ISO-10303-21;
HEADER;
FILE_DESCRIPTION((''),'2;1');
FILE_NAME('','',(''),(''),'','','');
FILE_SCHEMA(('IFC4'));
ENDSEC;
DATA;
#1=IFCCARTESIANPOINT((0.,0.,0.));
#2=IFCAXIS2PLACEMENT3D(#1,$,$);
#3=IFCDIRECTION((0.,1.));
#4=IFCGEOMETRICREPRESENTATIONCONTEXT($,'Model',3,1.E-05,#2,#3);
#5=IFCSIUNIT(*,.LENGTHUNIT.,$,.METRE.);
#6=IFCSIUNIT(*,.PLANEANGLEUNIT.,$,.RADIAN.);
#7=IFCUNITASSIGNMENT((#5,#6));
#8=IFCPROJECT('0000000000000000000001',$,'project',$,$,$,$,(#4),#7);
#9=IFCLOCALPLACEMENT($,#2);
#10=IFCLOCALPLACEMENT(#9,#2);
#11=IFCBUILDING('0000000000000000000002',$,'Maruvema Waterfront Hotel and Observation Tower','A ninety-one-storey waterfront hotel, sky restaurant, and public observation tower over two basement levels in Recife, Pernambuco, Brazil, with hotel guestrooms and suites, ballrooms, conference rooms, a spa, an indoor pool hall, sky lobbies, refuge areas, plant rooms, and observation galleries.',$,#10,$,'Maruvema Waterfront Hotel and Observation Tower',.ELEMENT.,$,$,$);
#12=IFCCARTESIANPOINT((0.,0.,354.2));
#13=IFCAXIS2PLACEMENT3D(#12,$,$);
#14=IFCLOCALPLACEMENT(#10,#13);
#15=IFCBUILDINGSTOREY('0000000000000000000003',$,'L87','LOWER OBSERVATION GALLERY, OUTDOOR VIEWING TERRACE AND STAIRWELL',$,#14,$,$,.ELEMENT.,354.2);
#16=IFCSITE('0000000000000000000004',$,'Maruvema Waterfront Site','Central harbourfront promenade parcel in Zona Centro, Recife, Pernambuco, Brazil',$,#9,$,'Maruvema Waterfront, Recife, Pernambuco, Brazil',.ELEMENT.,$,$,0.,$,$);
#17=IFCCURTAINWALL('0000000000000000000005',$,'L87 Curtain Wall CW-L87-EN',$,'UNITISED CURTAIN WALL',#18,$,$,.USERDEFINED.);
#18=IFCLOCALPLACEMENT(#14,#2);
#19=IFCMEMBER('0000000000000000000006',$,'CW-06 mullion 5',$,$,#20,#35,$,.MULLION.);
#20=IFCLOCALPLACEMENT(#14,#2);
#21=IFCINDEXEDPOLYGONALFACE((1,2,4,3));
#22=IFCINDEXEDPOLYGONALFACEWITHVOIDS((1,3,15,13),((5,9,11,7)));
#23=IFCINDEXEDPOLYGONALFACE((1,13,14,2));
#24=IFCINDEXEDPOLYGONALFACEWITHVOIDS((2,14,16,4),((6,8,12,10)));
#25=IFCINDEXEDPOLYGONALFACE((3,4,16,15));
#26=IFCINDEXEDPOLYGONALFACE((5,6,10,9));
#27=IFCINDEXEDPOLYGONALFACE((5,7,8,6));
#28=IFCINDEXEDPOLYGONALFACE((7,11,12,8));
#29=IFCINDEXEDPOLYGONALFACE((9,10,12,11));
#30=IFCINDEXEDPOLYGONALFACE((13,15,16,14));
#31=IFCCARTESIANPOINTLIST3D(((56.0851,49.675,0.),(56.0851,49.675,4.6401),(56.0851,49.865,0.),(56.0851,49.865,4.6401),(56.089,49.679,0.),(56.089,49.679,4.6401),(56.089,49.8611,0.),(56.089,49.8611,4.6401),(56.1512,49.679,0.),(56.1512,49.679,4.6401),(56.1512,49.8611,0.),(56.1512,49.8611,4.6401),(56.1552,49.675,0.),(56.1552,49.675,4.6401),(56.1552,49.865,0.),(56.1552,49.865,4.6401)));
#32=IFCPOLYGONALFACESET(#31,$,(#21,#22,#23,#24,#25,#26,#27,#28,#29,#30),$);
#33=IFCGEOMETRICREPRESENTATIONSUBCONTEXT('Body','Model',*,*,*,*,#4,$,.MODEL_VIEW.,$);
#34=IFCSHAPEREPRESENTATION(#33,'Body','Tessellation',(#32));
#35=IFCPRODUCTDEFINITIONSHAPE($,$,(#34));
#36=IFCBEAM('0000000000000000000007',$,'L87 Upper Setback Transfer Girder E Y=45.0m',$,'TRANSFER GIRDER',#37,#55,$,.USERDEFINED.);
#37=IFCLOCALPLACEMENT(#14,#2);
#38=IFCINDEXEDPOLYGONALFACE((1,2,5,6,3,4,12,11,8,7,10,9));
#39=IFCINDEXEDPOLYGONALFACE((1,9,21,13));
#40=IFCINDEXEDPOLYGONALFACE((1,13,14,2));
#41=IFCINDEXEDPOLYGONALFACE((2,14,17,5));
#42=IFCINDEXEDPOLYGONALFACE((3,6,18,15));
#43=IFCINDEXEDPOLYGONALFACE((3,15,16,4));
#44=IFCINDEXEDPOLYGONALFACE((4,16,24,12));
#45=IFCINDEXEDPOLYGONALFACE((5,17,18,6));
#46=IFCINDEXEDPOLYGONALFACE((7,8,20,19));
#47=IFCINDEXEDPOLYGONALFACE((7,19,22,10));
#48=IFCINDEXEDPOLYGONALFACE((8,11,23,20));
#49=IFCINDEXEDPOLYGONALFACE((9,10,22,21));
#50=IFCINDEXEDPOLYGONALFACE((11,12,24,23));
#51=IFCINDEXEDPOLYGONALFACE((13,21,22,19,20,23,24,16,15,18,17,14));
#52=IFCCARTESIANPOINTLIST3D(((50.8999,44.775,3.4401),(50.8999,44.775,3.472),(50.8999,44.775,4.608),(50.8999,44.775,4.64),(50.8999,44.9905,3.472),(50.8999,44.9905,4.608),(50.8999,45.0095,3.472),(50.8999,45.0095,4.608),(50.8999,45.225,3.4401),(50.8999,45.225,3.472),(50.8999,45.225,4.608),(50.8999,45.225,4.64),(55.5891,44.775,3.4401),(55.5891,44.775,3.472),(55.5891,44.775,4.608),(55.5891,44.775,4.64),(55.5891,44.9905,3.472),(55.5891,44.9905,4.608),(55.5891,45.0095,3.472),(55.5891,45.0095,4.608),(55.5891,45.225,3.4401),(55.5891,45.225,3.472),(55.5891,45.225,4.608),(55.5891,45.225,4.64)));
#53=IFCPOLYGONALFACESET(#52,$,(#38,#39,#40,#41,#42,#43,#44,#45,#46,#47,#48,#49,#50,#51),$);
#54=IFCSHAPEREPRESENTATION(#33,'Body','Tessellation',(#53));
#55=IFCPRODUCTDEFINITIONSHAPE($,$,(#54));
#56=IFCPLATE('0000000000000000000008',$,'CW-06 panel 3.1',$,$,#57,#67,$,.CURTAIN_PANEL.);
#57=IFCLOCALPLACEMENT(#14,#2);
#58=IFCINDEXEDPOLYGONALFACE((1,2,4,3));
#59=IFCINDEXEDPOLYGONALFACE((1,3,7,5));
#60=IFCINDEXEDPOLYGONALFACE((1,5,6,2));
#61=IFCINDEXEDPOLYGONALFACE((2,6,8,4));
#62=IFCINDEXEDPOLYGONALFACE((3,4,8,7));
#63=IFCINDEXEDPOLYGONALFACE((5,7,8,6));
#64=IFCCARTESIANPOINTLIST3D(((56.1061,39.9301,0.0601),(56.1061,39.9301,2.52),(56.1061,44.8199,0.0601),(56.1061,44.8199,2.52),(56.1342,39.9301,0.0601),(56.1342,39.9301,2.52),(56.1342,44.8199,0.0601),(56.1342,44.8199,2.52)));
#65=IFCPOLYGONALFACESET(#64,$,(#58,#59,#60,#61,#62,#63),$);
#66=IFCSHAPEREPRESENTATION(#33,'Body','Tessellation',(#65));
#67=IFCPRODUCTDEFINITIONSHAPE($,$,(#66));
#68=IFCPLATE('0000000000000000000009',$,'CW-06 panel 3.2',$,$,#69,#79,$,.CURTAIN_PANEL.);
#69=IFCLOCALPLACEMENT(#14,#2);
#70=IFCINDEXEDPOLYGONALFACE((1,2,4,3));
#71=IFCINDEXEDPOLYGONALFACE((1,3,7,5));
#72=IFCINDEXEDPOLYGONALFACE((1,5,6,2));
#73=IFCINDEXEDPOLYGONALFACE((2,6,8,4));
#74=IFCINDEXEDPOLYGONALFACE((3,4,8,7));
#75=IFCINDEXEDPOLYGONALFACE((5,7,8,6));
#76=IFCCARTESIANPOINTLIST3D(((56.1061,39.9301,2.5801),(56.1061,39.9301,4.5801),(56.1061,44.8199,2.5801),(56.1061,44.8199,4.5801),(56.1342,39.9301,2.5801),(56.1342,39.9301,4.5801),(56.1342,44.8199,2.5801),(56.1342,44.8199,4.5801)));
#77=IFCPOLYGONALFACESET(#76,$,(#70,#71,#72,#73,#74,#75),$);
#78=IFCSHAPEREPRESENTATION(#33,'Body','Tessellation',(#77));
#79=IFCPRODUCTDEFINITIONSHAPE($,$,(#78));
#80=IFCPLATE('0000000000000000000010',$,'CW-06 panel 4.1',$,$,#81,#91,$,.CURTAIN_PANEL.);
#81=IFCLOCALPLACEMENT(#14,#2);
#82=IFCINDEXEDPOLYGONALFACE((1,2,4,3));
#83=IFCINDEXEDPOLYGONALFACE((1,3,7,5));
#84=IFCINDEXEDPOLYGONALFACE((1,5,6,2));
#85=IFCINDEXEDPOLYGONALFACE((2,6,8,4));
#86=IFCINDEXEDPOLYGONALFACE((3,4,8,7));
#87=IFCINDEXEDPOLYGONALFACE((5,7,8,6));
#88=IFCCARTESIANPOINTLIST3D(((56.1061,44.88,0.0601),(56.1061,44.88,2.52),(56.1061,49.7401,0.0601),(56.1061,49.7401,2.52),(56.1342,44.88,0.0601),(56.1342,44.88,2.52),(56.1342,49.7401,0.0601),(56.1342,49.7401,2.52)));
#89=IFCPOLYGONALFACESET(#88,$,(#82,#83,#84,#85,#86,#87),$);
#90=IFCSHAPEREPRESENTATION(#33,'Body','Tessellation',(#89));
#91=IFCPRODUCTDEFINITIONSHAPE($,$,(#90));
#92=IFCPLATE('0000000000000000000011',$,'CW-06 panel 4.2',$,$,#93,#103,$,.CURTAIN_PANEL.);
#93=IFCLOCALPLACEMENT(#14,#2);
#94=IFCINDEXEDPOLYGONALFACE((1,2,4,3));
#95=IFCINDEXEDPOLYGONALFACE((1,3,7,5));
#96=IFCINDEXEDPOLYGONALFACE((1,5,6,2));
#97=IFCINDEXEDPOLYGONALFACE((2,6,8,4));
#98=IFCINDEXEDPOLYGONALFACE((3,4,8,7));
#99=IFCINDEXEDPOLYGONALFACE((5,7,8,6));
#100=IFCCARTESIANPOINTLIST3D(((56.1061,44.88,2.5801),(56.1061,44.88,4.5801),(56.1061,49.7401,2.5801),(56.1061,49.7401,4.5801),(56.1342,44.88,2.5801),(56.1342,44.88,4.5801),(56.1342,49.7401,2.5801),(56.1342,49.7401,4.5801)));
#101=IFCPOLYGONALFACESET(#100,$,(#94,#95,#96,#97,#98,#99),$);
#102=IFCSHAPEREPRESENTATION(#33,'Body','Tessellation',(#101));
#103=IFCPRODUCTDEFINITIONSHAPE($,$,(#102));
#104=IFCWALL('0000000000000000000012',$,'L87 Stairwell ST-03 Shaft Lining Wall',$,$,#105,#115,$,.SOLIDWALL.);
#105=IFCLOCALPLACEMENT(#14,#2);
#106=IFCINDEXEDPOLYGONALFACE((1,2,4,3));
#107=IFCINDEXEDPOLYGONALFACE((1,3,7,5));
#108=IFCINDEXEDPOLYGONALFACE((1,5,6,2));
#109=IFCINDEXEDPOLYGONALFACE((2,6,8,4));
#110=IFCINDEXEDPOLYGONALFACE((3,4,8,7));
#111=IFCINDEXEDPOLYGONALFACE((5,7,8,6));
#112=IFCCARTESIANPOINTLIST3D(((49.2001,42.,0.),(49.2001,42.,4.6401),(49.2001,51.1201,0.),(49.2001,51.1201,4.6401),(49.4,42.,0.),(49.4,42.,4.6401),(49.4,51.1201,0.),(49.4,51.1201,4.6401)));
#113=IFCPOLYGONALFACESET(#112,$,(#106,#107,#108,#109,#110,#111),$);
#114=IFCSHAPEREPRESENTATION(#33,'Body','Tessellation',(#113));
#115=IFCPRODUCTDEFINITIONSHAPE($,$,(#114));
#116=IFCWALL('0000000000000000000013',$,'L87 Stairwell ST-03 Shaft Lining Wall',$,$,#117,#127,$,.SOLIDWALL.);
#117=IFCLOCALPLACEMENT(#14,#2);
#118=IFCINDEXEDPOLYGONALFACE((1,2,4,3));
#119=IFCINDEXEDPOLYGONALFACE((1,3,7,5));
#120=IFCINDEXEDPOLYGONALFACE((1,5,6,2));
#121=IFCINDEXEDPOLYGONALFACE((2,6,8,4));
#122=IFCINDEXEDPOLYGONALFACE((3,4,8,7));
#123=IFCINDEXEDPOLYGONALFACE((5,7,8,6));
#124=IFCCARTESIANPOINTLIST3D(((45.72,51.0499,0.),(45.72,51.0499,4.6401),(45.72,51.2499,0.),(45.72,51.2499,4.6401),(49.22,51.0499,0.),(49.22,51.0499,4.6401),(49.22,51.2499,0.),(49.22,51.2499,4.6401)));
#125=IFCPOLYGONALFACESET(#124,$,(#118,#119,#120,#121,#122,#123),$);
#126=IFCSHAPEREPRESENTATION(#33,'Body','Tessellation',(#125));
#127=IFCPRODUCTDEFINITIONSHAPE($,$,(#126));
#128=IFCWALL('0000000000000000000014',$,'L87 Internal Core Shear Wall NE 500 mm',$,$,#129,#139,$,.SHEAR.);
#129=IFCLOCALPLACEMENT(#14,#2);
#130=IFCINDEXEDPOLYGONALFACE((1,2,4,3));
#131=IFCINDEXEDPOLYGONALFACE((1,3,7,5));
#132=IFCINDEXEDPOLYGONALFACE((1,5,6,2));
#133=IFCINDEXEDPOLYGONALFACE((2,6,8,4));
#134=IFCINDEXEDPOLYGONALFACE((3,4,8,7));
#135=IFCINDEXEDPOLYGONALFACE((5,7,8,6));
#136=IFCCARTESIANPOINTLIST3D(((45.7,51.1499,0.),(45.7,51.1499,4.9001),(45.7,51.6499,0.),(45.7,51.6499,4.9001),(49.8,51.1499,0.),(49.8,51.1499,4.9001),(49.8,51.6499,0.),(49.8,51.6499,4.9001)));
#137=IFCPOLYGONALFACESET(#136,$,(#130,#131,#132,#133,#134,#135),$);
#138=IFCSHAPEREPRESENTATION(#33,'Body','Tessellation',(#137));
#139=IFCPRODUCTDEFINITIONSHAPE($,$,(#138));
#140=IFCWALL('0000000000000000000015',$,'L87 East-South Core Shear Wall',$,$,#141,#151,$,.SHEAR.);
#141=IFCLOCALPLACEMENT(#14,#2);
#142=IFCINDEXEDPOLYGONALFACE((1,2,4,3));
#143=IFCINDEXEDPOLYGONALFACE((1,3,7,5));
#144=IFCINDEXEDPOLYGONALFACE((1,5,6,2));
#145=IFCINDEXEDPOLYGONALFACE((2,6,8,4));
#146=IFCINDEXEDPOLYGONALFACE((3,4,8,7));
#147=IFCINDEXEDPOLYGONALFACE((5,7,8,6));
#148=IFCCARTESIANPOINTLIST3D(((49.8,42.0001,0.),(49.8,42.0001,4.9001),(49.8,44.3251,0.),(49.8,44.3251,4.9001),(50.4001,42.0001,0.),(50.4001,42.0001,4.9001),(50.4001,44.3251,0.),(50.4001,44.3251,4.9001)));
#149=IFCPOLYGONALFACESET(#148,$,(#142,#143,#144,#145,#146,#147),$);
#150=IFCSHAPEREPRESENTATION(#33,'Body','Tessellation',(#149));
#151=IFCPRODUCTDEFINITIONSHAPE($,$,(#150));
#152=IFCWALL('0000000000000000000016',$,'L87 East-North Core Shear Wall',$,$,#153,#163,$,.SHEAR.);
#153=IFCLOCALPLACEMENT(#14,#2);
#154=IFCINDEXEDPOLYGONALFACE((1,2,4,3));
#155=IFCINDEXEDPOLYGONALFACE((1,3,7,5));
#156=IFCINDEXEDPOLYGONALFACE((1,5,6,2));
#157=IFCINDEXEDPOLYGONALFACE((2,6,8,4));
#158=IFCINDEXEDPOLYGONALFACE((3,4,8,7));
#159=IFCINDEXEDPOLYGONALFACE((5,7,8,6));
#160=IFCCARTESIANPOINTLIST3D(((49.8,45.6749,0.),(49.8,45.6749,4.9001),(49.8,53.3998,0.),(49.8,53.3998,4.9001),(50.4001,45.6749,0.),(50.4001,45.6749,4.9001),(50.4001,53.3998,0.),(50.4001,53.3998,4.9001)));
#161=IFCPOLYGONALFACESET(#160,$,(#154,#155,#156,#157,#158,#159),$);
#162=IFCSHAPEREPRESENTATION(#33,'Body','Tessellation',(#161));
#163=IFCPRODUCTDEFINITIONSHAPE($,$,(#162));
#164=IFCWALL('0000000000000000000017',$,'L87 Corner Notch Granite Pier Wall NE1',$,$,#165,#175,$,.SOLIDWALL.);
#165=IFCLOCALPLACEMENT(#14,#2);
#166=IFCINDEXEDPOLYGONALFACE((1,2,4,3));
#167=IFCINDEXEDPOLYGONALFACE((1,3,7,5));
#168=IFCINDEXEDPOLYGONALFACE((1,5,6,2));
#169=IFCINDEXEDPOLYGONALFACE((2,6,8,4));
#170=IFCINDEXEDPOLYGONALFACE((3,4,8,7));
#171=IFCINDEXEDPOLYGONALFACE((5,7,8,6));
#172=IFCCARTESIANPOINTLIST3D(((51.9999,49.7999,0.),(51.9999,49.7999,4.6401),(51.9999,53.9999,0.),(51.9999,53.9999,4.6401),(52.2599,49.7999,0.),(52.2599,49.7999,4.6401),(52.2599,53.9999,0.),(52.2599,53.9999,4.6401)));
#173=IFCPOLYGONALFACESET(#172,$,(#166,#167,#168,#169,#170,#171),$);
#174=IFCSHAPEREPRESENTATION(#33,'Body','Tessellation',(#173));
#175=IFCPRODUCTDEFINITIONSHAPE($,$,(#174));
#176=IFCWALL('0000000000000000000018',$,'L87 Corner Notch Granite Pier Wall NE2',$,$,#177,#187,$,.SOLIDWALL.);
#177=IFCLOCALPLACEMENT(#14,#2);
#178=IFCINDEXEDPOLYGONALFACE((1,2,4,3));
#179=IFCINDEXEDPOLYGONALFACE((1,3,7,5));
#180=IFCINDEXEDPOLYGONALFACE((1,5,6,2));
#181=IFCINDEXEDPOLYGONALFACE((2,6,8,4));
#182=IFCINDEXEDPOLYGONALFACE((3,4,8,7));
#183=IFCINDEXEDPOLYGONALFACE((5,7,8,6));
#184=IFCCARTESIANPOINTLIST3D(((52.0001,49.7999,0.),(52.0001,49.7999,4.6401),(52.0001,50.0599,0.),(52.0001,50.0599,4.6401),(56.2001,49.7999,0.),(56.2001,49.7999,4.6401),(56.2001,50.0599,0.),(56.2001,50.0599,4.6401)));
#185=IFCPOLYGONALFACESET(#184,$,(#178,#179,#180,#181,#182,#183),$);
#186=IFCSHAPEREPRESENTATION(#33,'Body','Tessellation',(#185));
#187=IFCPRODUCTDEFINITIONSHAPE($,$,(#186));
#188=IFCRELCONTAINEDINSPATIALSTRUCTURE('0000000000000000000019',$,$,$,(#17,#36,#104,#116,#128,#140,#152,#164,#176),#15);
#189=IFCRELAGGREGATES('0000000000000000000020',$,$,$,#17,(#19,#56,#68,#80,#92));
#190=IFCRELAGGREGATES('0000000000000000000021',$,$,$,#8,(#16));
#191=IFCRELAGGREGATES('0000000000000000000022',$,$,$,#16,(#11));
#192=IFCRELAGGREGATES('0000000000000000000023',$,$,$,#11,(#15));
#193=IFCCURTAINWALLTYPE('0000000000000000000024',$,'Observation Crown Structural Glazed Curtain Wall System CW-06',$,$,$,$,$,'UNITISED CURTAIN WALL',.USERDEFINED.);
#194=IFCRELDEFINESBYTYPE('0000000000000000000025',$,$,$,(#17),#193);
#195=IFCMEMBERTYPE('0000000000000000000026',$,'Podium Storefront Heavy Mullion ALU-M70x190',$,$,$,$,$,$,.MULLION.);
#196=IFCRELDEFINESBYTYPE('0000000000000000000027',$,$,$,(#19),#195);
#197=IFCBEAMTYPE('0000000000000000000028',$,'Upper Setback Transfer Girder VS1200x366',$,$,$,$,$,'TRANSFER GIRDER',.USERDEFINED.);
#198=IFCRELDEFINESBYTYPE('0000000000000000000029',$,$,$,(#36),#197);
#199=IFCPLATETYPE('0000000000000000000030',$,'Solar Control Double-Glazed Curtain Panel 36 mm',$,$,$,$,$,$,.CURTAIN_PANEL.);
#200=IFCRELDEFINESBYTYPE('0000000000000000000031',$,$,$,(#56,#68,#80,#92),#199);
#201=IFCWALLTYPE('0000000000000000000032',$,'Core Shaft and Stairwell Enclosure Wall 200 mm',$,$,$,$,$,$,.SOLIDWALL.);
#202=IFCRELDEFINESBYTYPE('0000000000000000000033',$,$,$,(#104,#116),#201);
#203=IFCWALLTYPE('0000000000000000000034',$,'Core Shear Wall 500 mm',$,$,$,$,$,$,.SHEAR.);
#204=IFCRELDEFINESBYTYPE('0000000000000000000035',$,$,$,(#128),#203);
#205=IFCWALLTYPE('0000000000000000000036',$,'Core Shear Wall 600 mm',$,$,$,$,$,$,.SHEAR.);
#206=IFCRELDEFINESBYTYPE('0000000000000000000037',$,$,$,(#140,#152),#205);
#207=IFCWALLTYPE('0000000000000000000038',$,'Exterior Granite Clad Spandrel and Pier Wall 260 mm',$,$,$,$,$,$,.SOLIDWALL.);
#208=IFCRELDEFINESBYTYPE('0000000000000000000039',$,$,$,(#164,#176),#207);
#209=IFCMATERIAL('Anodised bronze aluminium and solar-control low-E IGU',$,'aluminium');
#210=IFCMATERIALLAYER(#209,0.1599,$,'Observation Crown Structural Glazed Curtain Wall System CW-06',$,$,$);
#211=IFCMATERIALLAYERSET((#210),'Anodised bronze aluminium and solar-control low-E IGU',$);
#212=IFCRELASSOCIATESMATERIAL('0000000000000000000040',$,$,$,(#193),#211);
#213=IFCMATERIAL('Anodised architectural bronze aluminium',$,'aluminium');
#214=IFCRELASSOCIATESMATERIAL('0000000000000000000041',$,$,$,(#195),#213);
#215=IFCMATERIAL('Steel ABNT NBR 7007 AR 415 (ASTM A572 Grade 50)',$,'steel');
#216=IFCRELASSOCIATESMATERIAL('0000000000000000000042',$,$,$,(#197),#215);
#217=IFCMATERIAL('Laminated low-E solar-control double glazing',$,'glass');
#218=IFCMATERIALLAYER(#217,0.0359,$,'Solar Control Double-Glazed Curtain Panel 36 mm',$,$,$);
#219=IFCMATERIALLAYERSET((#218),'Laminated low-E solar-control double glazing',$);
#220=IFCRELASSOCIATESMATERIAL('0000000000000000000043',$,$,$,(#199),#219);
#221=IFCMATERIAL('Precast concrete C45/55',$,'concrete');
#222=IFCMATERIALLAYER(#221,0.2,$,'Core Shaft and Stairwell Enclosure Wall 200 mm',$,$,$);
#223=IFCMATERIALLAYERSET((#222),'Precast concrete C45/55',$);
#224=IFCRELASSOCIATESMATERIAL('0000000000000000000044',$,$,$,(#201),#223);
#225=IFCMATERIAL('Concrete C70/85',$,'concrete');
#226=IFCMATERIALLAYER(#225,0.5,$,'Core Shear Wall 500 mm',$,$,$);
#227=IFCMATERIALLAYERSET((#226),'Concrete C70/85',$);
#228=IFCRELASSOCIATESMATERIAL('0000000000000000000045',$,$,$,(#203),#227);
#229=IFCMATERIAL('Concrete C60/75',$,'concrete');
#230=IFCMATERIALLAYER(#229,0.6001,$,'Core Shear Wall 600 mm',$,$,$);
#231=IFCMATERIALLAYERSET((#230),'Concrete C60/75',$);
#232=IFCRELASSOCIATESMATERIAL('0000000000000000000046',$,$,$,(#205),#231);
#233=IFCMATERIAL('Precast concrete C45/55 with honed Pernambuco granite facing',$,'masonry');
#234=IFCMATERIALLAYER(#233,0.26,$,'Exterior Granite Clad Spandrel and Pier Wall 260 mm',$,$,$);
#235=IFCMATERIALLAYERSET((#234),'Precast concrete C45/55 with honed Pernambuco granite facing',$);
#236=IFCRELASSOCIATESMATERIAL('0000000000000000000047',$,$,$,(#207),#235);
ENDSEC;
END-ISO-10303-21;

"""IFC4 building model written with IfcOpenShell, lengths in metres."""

from ifc_helpers import new_model, si_unit, direction, frame, frame_2d, origin, origin_2d, place, context, subcontext, project, spatial, rectangle, hollow_rectangle, i_section, extrude, material, layer, layer_set, material_profile, profile_set, type_object, element, aggregate, save


model = new_model("IFC4")

# Units and contexts
model_context = context("Model", 3, precision=1e-05, world=origin(), true_north=direction((0.0, 1.0)))
body_context = subcontext(model_context, "Body", "Model", "MODEL_VIEW")
ifc_project = project(units=[si_unit("LENGTHUNIT", "METRE"), si_unit("PLANEANGLEUNIT", "RADIAN")], contexts=[model_context])

# Site, building, storey
site_placement = place(None, origin())
site = spatial("IfcSite", under=ifc_project, at=site_placement, Name="Maruvema Waterfront Site", Description="Central harbourfront promenade parcel in Zona Centro, Recife, Pernambuco, Brazil", LongName="Maruvema Waterfront, Recife, Pernambuco, Brazil", CompositionType="ELEMENT", RefElevation=0.0)
building_placement = place(site_placement, origin())
building = spatial("IfcBuilding", under=site, at=building_placement, Name="Maruvema Waterfront Hotel and Observation Tower", Description="A ninety-one-storey waterfront hotel, sky restaurant, and public observation tower over two basement levels in Recife, Pernambuco, Brazil, with hotel guestrooms and suites, ballrooms, conference rooms, a spa, an indoor pool hall, sky lobbies, refuge areas, plant rooms, and observation galleries.", LongName="Maruvema Waterfront Hotel and Observation Tower", CompositionType="ELEMENT")
storey_placement = place(building_placement, frame((0.0, 0.0, 354.2)))
storey = spatial("IfcBuildingStorey", under=building, at=storey_placement, Name="L87", Description="LOWER OBSERVATION GALLERY, OUTDOOR VIEWING TERRACE AND STAIRWELL", CompositionType="ELEMENT", Elevation=354.2)

# Curtain wall, member
ifc_material_1 = material(Name="Anodised bronze aluminium and solar-control low-E IGU", Category="aluminium")
ifc_layer_1 = layer(ifc_material_1, 0.1599, Name="Observation Crown Structural Glazed Curtain Wall System CW-06")
ifc_layer_set_1 = layer_set([ifc_layer_1], Name="Anodised bronze aluminium and solar-control low-E IGU")
curtain_wall_type = type_object("IfcCurtainWallType", Name="Observation Crown Structural Glazed Curtain Wall System CW-06", ElementType="UNITISED CURTAIN WALL", PredefinedType="USERDEFINED", material=ifc_layer_set_1)
curtain_wall_placement = place(storey_placement, origin())
curtain_wall = element("IfcCurtainWall", 1, at=curtain_wall_placement, inside=storey, type_object=curtain_wall_type, Name="L87 Curtain Wall CW-L87-EN", ObjectType="UNITISED CURTAIN WALL", PredefinedType="USERDEFINED")
ifc_material_2 = material(Name="Anodised architectural bronze aluminium", Category="aluminium")
ifc_material_profile_1 = material_profile(ifc_material_2, hollow_rectangle(XDim=0.0701, YDim=0.1899, WallThickness=0.0039, at=origin_2d()), Name="ALU-M70x190")
ifc_profile_set_1 = profile_set([ifc_material_profile_1], Name="Anodised architectural bronze aluminium")
member_type_1 = type_object("IfcMemberType", Name="Podium Storefront Heavy Mullion ALU-M70x190", PredefinedType="MULLION", material=ifc_profile_set_1)
member_1_placement = place(storey_placement, frame((56.1201, 49.77, 0.0), z_axis=(0.0, 0.0, 1.0), x_axis=(-1.0, 0.0, 0.0)))
member_1 = element("IfcMember", 2, at=member_1_placement, type_object=member_type_1, Name="CW-06 mullion 5", PredefinedType="MULLION", context=body_context, shape_type="SweptSolid", body=[
    extrude(hollow_rectangle(XDim=0.0701, YDim=0.1899, WallThickness=0.0039, at=origin_2d()), origin(), (0.0, 0.0, 1.0), 4.6401),
])

# Beam
ifc_material_3 = material(Name="Steel ABNT NBR 7007 AR 415 (ASTM A572 Grade 50)", Category="steel")
ifc_material_profile_2 = material_profile(ifc_material_3, i_section(OverallWidth=0.45, OverallDepth=1.2, WebThickness=0.019, FlangeThickness=0.032, at=origin_2d()), Name="VS1200x366")
ifc_profile_set_2 = profile_set([ifc_material_profile_2], Name="Steel ABNT NBR 7007 AR 415 (ASTM A572 Grade 50)")
beam_type = type_object("IfcBeamType", Name="Upper Setback Transfer Girder VS1200x366", ElementType="TRANSFER GIRDER", PredefinedType="USERDEFINED", material=ifc_profile_set_2)
beam_placement = place(storey_placement, frame((50.8999, 45.0, 4.04), z_axis=(1.0, 0.0, 0.0), x_axis=(0.0, 1.0, 0.0)))
element("IfcBeam", 3, at=beam_placement, inside=storey, type_object=beam_type, Name="L87 Upper Setback Transfer Girder E Y=45.0m", ObjectType="TRANSFER GIRDER", PredefinedType="USERDEFINED", context=body_context, shape_type="SweptSolid", body=[
    extrude(i_section(OverallWidth=0.45, OverallDepth=1.2, WebThickness=0.019, FlangeThickness=0.032, at=origin_2d()), origin(), (0.0, 0.0, 1.0), 4.6892),
])

# Plates
ifc_material_4 = material(Name="Laminated low-E solar-control double glazing", Category="glass")
ifc_layer_2 = layer(ifc_material_4, 0.0359, Name="Solar Control Double-Glazed Curtain Panel 36 mm")
ifc_layer_set_2 = layer_set([ifc_layer_2], Name="Laminated low-E solar-control double glazing")
plate_type = type_object("IfcPlateType", Name="Solar Control Double-Glazed Curtain Panel 36 mm", PredefinedType="CURTAIN_PANEL", material=ifc_layer_set_2)
plate_1_placement = place(storey_placement, frame((56.1201, 42.375, 0.0601), z_axis=(0.0, 0.0, 1.0), x_axis=(0.0, 1.0, 0.0)))
plate_1 = element("IfcPlate", 4, at=plate_1_placement, type_object=plate_type, Name="CW-06 panel 3.1", PredefinedType="CURTAIN_PANEL", context=body_context, shape_type="SweptSolid", body=[
    extrude(rectangle(XDim=4.8899, YDim=0.0281, at=origin_2d()), origin(), (0.0, 0.0, 1.0), 2.46),
])
plate_2_placement = place(storey_placement, frame((56.1201, 42.375, 2.5801), z_axis=(0.0, 0.0, 1.0), x_axis=(0.0, 1.0, 0.0)))
plate_2 = element("IfcPlate", 5, at=plate_2_placement, type_object=plate_type, Name="CW-06 panel 3.2", PredefinedType="CURTAIN_PANEL", context=body_context, shape_type="SweptSolid", body=[
    extrude(rectangle(XDim=4.8899, YDim=0.0281, at=origin_2d()), origin(), (0.0, 0.0, 1.0), 2.0),
])
plate_3_placement = place(storey_placement, frame((56.1201, 47.3101, 0.0601), z_axis=(0.0, 0.0, 1.0), x_axis=(0.0, 1.0, 0.0)))
plate_3 = element("IfcPlate", 6, at=plate_3_placement, type_object=plate_type, Name="CW-06 panel 4.1", PredefinedType="CURTAIN_PANEL", context=body_context, shape_type="SweptSolid", body=[
    extrude(rectangle(XDim=4.8601, YDim=0.0281, at=origin_2d()), origin(), (0.0, 0.0, 1.0), 2.46),
])
plate_4_placement = place(storey_placement, frame((56.1201, 47.3101, 2.5801), z_axis=(0.0, 0.0, 1.0), x_axis=(0.0, 1.0, 0.0)))
plate_4 = element("IfcPlate", 7, at=plate_4_placement, type_object=plate_type, Name="CW-06 panel 4.2", PredefinedType="CURTAIN_PANEL", context=body_context, shape_type="SweptSolid", body=[
    extrude(rectangle(XDim=4.8601, YDim=0.0281, at=origin_2d()), origin(), (0.0, 0.0, 1.0), 2.0),
])
aggregate(curtain_wall, [member_1, plate_1, plate_2, plate_3, plate_4])

# Walls
ifc_material_5 = material(Name="Precast concrete C45/55", Category="concrete")
ifc_layer_3 = layer(ifc_material_5, 0.2, Name="Core Shaft and Stairwell Enclosure Wall 200 mm")
ifc_layer_set_3 = layer_set([ifc_layer_3], Name="Precast concrete C45/55")
wall_type_1 = type_object("IfcWallType", Name="Core Shaft and Stairwell Enclosure Wall 200 mm", PredefinedType="SOLIDWALL", material=ifc_layer_set_3)
wall_1_placement = place(storey_placement, frame((49.3, 42.0, 0.0), z_axis=(0.0, 0.0, 1.0), x_axis=(0.0, 1.0, 0.0)))
element("IfcWall", 8, at=wall_1_placement, inside=storey, type_object=wall_type_1, Name="L87 Stairwell ST-03 Shaft Lining Wall", PredefinedType="SOLIDWALL", context=body_context, shape_type="SweptSolid", body=[
    extrude(rectangle(XDim=9.1201, YDim=0.2, at=frame_2d((4.5601, 0.0))), origin(), (0.0, 0.0, 1.0), 4.6401),
])
wall_2_placement = place(storey_placement, frame((45.72, 51.1499, 0.0), z_axis=(0.0, 0.0, 1.0), x_axis=(1.0, 0.0, 0.0)))
element("IfcWall", 9, at=wall_2_placement, inside=storey, type_object=wall_type_1, Name="L87 Stairwell ST-03 Shaft Lining Wall", PredefinedType="SOLIDWALL", context=body_context, shape_type="SweptSolid", body=[
    extrude(rectangle(XDim=3.5, YDim=0.2, at=frame_2d((1.75, 0.0))), origin(), (0.0, 0.0, 1.0), 4.6401),
])
ifc_material_6 = material(Name="Concrete C70/85", Category="concrete")
ifc_layer_4 = layer(ifc_material_6, 0.5, Name="Core Shear Wall 500 mm")
ifc_layer_set_4 = layer_set([ifc_layer_4], Name="Concrete C70/85")
wall_type_2 = type_object("IfcWallType", Name="Core Shear Wall 500 mm", PredefinedType="SHEAR", material=ifc_layer_set_4)
wall_3_placement = place(storey_placement, frame((45.7, 51.3999, 0.0), z_axis=(0.0, 0.0, 1.0), x_axis=(1.0, 0.0, 0.0)))
element("IfcWall", 10, at=wall_3_placement, inside=storey, type_object=wall_type_2, Name="L87 Internal Core Shear Wall NE 500 mm", PredefinedType="SHEAR", context=body_context, shape_type="SweptSolid", body=[
    extrude(rectangle(XDim=4.1001, YDim=0.5, at=frame_2d((2.05, 0.0))), origin(), (0.0, 0.0, 1.0), 4.9001),
])
ifc_material_7 = material(Name="Concrete C60/75", Category="concrete")
ifc_layer_5 = layer(ifc_material_7, 0.6001, Name="Core Shear Wall 600 mm")
ifc_layer_set_5 = layer_set([ifc_layer_5], Name="Concrete C60/75")
wall_type_3 = type_object("IfcWallType", Name="Core Shear Wall 600 mm", PredefinedType="SHEAR", material=ifc_layer_set_5)
wall_4_placement = place(storey_placement, frame((50.1001, 42.0, 0.0), z_axis=(0.0, 0.0, 1.0), x_axis=(0.0, 1.0, 0.0)))
element("IfcWall", 11, at=wall_4_placement, inside=storey, type_object=wall_type_3, Name="L87 East-South Core Shear Wall", PredefinedType="SHEAR", context=body_context, shape_type="SweptSolid", body=[
    extrude(rectangle(XDim=2.325, YDim=0.6001, at=frame_2d((1.1626, 0.0))), origin(), (0.0, 0.0, 1.0), 4.9001),
])
wall_5_placement = place(storey_placement, frame((50.1001, 45.675, 0.0), z_axis=(0.0, 0.0, 1.0), x_axis=(0.0, 1.0, 0.0)))
element("IfcWall", 12, at=wall_5_placement, inside=storey, type_object=wall_type_3, Name="L87 East-North Core Shear Wall", PredefinedType="SHEAR", context=body_context, shape_type="SweptSolid", body=[
    extrude(rectangle(XDim=7.7249, YDim=0.6001, at=frame_2d((3.8623, 0.0))), origin(), (0.0, 0.0, 1.0), 4.9001),
])
ifc_material_8 = material(Name="Precast concrete C45/55 with honed Pernambuco granite facing", Category="masonry")
ifc_layer_6 = layer(ifc_material_8, 0.26, Name="Exterior Granite Clad Spandrel and Pier Wall 260 mm")
ifc_layer_set_6 = layer_set([ifc_layer_6], Name="Precast concrete C45/55 with honed Pernambuco granite facing")
wall_type_4 = type_object("IfcWallType", Name="Exterior Granite Clad Spandrel and Pier Wall 260 mm", PredefinedType="SOLIDWALL", material=ifc_layer_set_6)
for number, where, z_axis, x_axis, name in (
    (13, (52.1299, 54.0, 0.0), (0.0, 0.0, 1.0), (0.0, -1.0, 0.0), "L87 Corner Notch Granite Pier Wall NE1"),
    (14, (52.0, 49.9299, 0.0), (0.0, 0.0, 1.0), (1.0, 0.0, 0.0), "L87 Corner Notch Granite Pier Wall NE2"),
):
    element("IfcWall", number, at=place(storey_placement, frame(where, z_axis=z_axis, x_axis=x_axis)), inside=storey, type_object=wall_type_4, Name=name, PredefinedType="SOLIDWALL", context=body_context, shape_type="SweptSolid", body=[
        extrude(rectangle(XDim=4.2, YDim=0.26, at=frame_2d((2.1001, 0.0))), origin(), (0.0, 0.0, 1.0), 4.6401),
    ])

save(model, "model.ifc")
